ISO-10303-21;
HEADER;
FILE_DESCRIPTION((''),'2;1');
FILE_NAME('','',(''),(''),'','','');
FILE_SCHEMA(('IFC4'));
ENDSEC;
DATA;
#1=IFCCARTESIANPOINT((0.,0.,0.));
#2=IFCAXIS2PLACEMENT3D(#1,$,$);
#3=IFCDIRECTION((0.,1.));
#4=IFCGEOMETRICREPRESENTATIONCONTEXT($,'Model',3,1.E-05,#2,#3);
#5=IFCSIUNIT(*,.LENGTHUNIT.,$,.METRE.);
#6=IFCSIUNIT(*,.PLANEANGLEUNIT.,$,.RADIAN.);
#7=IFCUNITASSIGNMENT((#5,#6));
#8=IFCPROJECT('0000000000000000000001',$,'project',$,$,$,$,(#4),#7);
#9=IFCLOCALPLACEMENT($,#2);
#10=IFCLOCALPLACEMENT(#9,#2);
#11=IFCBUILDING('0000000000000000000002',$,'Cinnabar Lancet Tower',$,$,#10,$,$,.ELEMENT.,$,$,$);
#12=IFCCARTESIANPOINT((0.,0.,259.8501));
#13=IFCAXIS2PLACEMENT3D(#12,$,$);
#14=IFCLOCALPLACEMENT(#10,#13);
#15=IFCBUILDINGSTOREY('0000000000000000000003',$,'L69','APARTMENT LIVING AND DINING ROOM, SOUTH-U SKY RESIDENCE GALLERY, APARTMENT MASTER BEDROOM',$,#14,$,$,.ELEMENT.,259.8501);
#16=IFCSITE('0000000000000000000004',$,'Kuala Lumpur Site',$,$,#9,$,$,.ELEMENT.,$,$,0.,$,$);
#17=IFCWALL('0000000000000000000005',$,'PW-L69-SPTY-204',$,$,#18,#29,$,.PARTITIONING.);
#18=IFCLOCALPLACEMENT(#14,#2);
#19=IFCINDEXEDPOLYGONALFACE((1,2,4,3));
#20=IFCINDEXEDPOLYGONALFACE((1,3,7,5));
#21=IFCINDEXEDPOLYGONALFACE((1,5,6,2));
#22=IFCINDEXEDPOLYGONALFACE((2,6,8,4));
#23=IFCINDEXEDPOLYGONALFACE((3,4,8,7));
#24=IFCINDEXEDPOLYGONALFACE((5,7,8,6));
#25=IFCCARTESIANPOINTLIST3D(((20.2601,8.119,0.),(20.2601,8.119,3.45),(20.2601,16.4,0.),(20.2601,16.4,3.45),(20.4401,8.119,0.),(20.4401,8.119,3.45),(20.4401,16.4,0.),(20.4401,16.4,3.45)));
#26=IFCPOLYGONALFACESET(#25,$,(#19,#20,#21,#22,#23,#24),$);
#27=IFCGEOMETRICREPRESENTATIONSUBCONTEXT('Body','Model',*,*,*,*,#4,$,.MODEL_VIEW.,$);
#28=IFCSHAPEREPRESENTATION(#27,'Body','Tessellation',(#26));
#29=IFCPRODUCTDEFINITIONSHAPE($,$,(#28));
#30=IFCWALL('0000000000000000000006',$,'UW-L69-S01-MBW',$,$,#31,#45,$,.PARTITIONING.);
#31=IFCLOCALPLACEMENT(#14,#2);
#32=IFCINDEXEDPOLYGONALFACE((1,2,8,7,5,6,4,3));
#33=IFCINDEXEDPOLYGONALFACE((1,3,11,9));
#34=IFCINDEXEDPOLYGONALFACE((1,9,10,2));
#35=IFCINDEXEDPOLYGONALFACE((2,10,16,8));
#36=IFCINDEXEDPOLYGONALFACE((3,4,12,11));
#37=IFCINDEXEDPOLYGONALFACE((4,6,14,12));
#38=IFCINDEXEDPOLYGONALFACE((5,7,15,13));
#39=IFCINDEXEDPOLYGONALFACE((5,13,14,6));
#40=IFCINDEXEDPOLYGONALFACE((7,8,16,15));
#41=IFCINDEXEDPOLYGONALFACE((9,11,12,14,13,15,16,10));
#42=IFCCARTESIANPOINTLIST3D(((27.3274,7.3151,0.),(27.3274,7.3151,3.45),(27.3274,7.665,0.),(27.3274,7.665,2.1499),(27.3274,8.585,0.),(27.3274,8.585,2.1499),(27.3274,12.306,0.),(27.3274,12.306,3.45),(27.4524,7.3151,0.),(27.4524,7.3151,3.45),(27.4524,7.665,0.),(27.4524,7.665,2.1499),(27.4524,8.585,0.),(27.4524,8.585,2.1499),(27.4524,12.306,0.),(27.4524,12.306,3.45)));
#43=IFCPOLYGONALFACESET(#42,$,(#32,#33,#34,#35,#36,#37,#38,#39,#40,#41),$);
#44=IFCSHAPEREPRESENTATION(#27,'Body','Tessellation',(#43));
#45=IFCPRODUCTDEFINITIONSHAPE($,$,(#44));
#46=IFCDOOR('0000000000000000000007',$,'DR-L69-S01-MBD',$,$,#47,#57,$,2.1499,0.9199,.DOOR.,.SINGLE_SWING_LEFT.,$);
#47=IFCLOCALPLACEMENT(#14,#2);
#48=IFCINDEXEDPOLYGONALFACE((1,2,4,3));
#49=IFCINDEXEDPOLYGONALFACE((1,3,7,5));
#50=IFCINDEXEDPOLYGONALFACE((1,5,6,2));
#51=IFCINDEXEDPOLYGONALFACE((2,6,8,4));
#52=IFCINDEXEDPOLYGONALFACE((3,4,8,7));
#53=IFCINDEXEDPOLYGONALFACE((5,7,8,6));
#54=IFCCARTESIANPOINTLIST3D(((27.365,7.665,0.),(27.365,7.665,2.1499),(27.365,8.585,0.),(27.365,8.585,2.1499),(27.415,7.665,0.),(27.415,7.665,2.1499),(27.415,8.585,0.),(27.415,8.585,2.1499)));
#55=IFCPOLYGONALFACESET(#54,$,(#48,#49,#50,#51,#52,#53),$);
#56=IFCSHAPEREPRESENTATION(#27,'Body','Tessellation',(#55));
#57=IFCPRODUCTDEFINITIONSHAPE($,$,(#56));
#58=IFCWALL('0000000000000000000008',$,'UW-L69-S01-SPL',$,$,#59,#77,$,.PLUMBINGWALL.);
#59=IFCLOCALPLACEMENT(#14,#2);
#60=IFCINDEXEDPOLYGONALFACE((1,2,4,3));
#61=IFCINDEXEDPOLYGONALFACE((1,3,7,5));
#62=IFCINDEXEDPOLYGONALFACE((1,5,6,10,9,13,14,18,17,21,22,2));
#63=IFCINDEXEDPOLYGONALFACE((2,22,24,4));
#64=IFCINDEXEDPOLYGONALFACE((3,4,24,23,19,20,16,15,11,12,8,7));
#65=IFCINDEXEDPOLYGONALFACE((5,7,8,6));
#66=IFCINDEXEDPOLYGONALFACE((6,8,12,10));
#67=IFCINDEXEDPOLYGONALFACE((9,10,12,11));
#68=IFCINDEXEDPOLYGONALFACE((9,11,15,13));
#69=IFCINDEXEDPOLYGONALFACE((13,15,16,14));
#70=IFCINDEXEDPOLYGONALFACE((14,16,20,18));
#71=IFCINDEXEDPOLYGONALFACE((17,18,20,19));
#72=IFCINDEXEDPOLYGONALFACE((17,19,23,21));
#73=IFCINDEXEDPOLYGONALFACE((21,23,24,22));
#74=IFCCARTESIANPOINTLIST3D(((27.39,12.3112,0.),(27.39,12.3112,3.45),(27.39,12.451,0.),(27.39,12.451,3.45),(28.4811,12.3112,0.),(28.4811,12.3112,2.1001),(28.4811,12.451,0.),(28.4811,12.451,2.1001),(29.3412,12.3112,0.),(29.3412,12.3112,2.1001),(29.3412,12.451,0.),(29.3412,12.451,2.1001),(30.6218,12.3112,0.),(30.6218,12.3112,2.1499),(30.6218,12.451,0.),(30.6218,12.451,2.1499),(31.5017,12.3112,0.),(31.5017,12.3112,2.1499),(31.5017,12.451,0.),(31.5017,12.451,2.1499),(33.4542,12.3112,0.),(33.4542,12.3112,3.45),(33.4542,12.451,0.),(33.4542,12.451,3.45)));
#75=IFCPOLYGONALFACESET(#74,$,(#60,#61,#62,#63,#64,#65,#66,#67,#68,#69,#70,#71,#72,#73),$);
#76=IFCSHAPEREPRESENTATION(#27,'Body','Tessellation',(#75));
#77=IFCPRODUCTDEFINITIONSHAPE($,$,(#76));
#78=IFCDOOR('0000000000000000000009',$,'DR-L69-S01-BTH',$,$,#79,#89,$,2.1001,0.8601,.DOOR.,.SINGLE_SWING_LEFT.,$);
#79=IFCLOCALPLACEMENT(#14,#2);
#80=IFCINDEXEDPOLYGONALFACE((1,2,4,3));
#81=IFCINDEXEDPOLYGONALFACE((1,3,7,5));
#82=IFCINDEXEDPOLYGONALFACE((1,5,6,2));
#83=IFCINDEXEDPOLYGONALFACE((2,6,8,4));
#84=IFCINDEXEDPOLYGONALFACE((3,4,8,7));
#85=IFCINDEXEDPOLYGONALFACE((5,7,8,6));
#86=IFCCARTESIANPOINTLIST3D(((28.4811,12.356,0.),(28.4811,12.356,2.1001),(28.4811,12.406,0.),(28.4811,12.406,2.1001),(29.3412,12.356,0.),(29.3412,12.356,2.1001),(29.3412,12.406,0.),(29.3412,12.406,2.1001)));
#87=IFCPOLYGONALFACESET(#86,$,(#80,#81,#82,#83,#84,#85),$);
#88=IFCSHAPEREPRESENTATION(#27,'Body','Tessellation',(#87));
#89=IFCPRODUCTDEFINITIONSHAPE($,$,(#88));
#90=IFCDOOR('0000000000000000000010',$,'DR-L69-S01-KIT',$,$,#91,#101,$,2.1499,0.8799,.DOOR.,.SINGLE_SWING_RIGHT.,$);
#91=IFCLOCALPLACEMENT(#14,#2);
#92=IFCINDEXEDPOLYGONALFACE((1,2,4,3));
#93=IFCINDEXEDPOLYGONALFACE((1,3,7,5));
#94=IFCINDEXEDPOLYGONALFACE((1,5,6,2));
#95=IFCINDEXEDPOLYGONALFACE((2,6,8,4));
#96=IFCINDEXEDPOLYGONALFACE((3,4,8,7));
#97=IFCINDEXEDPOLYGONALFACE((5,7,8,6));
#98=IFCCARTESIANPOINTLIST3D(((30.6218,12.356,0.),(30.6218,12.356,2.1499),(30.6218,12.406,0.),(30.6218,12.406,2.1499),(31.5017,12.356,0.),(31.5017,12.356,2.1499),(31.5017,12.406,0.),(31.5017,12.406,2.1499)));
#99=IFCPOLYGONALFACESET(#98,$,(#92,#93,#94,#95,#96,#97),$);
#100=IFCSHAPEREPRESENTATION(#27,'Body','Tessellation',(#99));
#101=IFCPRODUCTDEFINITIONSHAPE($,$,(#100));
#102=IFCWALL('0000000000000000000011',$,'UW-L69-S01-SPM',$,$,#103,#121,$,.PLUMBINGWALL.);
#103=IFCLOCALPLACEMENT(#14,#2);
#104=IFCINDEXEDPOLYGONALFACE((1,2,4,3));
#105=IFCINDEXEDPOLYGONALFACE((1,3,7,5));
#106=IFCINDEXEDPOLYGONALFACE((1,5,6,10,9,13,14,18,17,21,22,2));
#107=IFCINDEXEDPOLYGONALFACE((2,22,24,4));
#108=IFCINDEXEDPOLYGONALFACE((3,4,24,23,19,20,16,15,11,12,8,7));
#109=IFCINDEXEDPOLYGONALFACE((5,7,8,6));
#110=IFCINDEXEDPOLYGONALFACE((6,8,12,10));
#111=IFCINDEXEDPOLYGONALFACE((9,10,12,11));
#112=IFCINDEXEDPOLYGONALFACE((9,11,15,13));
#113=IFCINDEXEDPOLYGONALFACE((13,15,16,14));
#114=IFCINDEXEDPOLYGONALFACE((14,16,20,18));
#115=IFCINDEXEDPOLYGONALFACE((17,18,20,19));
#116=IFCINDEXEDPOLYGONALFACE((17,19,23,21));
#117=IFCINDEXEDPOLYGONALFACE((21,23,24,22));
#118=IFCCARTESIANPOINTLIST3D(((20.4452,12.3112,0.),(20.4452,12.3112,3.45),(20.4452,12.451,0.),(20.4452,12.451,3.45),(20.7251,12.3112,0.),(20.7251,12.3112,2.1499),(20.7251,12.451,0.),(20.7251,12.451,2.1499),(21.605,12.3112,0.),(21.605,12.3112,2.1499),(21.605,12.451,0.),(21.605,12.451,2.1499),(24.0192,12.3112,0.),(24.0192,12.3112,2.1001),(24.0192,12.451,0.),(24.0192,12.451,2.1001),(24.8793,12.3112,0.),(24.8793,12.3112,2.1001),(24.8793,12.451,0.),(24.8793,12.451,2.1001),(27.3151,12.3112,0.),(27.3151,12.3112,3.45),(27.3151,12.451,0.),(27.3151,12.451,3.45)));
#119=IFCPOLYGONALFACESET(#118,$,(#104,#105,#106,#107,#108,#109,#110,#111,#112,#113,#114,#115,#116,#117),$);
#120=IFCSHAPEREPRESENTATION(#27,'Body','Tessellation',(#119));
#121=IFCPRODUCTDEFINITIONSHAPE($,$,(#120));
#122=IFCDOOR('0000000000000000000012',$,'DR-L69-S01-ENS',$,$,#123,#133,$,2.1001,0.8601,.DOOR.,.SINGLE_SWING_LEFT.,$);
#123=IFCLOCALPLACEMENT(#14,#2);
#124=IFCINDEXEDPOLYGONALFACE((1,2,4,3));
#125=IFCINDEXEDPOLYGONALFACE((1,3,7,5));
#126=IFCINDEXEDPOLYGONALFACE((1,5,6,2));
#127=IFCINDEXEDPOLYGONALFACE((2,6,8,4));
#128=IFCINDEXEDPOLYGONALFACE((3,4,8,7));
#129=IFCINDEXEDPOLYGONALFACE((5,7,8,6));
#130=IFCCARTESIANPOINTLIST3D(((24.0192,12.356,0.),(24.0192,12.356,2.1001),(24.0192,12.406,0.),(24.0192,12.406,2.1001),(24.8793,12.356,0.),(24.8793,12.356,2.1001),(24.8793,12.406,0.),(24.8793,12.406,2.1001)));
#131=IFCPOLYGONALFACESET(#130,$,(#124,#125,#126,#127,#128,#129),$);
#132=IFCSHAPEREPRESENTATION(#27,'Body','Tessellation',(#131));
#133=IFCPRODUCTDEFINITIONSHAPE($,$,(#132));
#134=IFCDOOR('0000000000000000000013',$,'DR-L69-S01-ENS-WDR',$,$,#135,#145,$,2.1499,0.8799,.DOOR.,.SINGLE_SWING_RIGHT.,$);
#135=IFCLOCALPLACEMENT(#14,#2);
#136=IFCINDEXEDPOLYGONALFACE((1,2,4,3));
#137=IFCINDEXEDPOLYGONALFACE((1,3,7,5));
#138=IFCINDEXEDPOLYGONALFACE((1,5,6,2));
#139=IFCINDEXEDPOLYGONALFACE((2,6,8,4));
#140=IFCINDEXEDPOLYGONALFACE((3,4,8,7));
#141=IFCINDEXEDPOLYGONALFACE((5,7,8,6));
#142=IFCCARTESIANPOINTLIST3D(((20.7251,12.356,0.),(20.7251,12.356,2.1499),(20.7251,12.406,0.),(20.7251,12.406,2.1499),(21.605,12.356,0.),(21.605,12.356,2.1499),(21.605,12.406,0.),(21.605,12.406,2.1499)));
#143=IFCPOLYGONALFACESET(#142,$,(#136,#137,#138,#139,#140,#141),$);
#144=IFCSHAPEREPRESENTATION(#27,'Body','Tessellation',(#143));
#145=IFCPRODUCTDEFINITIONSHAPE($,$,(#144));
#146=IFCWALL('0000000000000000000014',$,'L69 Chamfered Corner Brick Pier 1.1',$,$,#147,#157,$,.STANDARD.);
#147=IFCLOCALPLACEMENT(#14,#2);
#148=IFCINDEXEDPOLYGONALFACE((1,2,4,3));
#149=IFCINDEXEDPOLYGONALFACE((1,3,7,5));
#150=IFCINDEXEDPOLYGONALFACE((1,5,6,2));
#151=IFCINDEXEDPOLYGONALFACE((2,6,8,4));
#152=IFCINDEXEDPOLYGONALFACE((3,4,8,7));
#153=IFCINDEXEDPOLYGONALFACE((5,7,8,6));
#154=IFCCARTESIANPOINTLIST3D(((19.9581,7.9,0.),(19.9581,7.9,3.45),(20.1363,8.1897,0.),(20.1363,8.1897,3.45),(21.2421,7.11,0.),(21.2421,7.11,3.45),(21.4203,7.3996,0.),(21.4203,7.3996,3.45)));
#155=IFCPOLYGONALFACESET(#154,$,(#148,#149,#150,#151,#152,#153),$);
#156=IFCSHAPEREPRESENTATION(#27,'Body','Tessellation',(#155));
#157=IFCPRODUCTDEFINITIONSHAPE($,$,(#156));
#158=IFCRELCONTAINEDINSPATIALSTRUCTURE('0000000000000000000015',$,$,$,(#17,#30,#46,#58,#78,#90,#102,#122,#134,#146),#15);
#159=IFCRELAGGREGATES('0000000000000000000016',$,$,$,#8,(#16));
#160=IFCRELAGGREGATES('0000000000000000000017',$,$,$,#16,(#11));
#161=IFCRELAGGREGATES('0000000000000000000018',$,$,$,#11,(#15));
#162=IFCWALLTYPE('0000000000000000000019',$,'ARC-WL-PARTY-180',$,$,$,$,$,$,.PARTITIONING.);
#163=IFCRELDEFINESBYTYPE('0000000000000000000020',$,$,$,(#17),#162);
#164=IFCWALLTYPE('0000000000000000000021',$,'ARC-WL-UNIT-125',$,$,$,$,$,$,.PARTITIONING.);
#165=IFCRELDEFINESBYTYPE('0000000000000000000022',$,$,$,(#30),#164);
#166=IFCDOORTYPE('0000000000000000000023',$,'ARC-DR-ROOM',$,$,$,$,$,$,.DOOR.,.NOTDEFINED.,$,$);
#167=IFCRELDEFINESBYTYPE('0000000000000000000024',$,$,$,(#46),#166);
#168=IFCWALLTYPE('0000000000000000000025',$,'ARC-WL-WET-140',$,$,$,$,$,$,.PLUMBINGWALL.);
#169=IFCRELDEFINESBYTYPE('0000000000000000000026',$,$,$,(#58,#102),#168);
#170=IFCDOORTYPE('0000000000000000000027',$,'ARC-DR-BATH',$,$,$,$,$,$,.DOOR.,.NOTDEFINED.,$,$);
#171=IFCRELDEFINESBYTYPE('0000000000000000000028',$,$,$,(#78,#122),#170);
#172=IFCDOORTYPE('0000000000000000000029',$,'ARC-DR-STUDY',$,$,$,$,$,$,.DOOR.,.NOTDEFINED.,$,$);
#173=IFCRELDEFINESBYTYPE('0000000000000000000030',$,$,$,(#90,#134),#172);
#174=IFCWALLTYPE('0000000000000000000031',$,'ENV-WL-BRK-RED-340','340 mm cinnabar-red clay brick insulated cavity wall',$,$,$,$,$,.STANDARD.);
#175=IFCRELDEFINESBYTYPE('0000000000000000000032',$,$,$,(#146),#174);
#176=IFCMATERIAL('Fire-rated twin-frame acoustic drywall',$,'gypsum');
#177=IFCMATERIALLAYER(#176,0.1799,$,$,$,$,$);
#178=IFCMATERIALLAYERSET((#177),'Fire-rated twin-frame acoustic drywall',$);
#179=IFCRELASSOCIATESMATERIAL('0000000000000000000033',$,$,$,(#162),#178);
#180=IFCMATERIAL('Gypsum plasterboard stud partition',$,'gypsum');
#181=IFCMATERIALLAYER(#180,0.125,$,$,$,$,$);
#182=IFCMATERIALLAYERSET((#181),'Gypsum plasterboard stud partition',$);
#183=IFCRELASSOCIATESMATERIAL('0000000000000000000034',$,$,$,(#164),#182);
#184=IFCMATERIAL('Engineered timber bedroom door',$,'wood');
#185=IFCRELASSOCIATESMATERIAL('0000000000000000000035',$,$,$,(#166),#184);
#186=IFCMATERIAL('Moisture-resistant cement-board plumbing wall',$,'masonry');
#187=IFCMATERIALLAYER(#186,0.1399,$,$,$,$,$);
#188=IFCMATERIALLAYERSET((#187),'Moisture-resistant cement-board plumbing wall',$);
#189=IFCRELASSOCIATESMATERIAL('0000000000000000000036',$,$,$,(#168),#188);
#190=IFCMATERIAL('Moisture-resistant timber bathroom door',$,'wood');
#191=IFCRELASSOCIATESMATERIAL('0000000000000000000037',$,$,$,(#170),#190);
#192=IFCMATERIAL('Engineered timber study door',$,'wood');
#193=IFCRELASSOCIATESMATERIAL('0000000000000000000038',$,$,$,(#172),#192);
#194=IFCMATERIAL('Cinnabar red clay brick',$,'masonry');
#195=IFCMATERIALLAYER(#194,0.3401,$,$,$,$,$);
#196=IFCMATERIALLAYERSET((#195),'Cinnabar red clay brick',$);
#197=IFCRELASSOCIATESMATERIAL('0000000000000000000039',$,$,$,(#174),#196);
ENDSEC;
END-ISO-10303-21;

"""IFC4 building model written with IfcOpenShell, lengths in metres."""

from ifc_helpers import new_model, si_unit, direction, frame, frame_2d, origin, place, context, subcontext, project, spatial, rectangle, extrude, material, layer, layer_set, type_object, element, fill, save


model = new_model("IFC4")

# Units and contexts
model_context = context("Model", 3, precision=1e-05, world=origin(), true_north=direction((0.0, 1.0)))
body_context = subcontext(model_context, "Body", "Model", "MODEL_VIEW")
ifc_project = project(units=[si_unit("LENGTHUNIT", "METRE"), si_unit("PLANEANGLEUNIT", "RADIAN")], contexts=[model_context])

# Site, building, storey
site_placement = place(None, origin())
site = spatial("IfcSite", under=ifc_project, at=site_placement, Name="Kuala Lumpur Site", CompositionType="ELEMENT", RefElevation=0.0)
building_placement = place(site_placement, origin())
building = spatial("IfcBuilding", under=site, at=building_placement, Name="Cinnabar Lancet Tower", CompositionType="ELEMENT")
storey_placement = place(building_placement, frame((0.0, 0.0, 259.8501)))
storey = spatial("IfcBuildingStorey", under=building, at=storey_placement, Name="L69", Description="APARTMENT LIVING AND DINING ROOM, SOUTH-U SKY RESIDENCE GALLERY, APARTMENT MASTER BEDROOM", CompositionType="ELEMENT", Elevation=259.8501)

# Wall
ifc_material_1 = material(Name="Fire-rated twin-frame acoustic drywall", Category="gypsum")
ifc_layer_1 = layer(ifc_material_1, 0.1799)
ifc_layer_set_1 = layer_set([ifc_layer_1], Name="Fire-rated twin-frame acoustic drywall")
wall_type_1 = type_object("IfcWallType", Name="ARC-WL-PARTY-180", PredefinedType="PARTITIONING", material=ifc_layer_set_1)
wall_1_placement = place(storey_placement, frame((20.3501, 8.1189, 0.0), z_axis=(0.0, 0.0, 1.0), x_axis=(0.0, 1.0, 0.0)))
element("IfcWall", 1, at=wall_1_placement, inside=storey, type_object=wall_type_1, Name="PW-L69-SPTY-204", PredefinedType="PARTITIONING", context=body_context, shape_type="SweptSolid", body=[
    extrude(rectangle(XDim=8.281, YDim=0.1799, at=frame_2d((4.1406, 0.0))), origin(), (0.0, 0.0, 1.0), 3.45),
])

# Wall, opening, door
ifc_material_2 = material(Name="Gypsum plasterboard stud partition", Category="gypsum")
ifc_layer_2 = layer(ifc_material_2, 0.125)
ifc_layer_set_2 = layer_set([ifc_layer_2], Name="Gypsum plasterboard stud partition")
wall_type_2 = type_object("IfcWallType", Name="ARC-WL-UNIT-125", PredefinedType="PARTITIONING", material=ifc_layer_set_2)
wall_2_placement = place(storey_placement, frame((27.3899, 7.3149, 0.0), z_axis=(0.0, 0.0, 1.0), x_axis=(0.0, 1.0, 0.0)))
wall_2 = element("IfcWall", 2, at=wall_2_placement, inside=storey, type_object=wall_type_2, Name="UW-L69-S01-MBW", PredefinedType="PARTITIONING", context=body_context, shape_type="SweptSolid", body=[
    extrude(rectangle(XDim=4.991, YDim=0.125, at=frame_2d((2.4956, 0.0))), origin(), (0.0, 0.0, 1.0), 3.45),
])
opening_1_placement = place(wall_2_placement, frame((0.3501, 0.0, 0.0)))
opening_1 = element("IfcOpeningElement", 3, at=opening_1_placement, cuts=wall_2, PredefinedType="OPENING", context=body_context, shape_type="SweptSolid", body=[
    extrude(rectangle(XDim=0.9199, YDim=2.1499, at=frame_2d((0.46, 1.075))), frame((0.0, 0.0725, 0.0), z_axis=(0.0, -1.0, 0.0), x_axis=(1.0, 0.0, 0.0)), (0.0, 0.0, 1.0), 0.145),
])
ifc_material_3 = material(Name="Engineered timber bedroom door", Category="wood")
door_type_1 = type_object("IfcDoorType", Name="ARC-DR-ROOM", OperationType="NOTDEFINED", PredefinedType="DOOR", material=ifc_material_3)
door_1_placement = place(opening_1_placement, origin())
door_1 = element("IfcDoor", 4, at=door_1_placement, inside=storey, type_object=door_type_1, Name="DR-L69-S01-MBD", OperationType="SINGLE_SWING_LEFT", OverallHeight=2.1499, OverallWidth=0.9199, PredefinedType="DOOR", context=body_context, shape_type="SweptSolid", body=[
    extrude(rectangle(XDim=0.9199, YDim=2.1499, at=frame_2d((0.46, 1.075))), frame((0.0, 0.0249, 0.0), z_axis=(0.0, -1.0, 0.0), x_axis=(1.0, 0.0, 0.0)), (0.0, 0.0, 1.0), 0.05),
])
fill(opening_1, door_1)

# Walls, openings, doors
ifc_material_4 = material(Name="Moisture-resistant cement-board plumbing wall", Category="masonry")
ifc_layer_3 = layer(ifc_material_4, 0.1399)
ifc_layer_set_3 = layer_set([ifc_layer_3], Name="Moisture-resistant cement-board plumbing wall")
wall_type_3 = type_object("IfcWallType", Name="ARC-WL-WET-140", PredefinedType="PLUMBINGWALL", material=ifc_layer_set_3)
wall_3_placement = place(storey_placement, frame((27.3899, 12.3811, 0.0), z_axis=(0.0, 0.0, 1.0), x_axis=(1.0, 0.0, 0.0)))
wall_3 = element("IfcWall", 5, at=wall_3_placement, inside=storey, type_object=wall_type_3, Name="UW-L69-S01-SPL", PredefinedType="PLUMBINGWALL", context=body_context, shape_type="SweptSolid", body=[
    extrude(rectangle(XDim=6.0642, YDim=0.1399, at=frame_2d((3.0322, 0.0))), origin(), (0.0, 0.0, 1.0), 3.45),
])
opening_2_placement = place(wall_3_placement, frame((1.0911, 0.0, 0.0)))
opening_2 = element("IfcOpeningElement", 6, at=opening_2_placement, cuts=wall_3, PredefinedType="OPENING", context=body_context, shape_type="SweptSolid", body=[
    extrude(rectangle(XDim=0.8601, YDim=2.1001, at=frame_2d((0.4302, 1.05))), frame((0.0, 0.0798, 0.0), z_axis=(0.0, -1.0, 0.0), x_axis=(1.0, 0.0, 0.0)), (0.0, 0.0, 1.0), 0.1599),
])
opening_3_placement = place(wall_3_placement, frame((3.2319, 0.0, 0.0)))
opening_3 = element("IfcOpeningElement", 7, at=opening_3_placement, cuts=wall_3, PredefinedType="OPENING", context=body_context, shape_type="SweptSolid", body=[
    extrude(rectangle(XDim=0.8799, YDim=2.1499, at=frame_2d((0.4399, 1.075))), frame((0.0, 0.0798, 0.0), z_axis=(0.0, -1.0, 0.0), x_axis=(1.0, 0.0, 0.0)), (0.0, 0.0, 1.0), 0.1599),
])
ifc_material_5 = material(Name="Moisture-resistant timber bathroom door", Category="wood")
door_type_2 = type_object("IfcDoorType", Name="ARC-DR-BATH", OperationType="NOTDEFINED", PredefinedType="DOOR", material=ifc_material_5)
door_2_placement = place(opening_2_placement, origin())
door_2 = element("IfcDoor", 8, at=door_2_placement, inside=storey, type_object=door_type_2, Name="DR-L69-S01-BTH", OperationType="SINGLE_SWING_LEFT", OverallHeight=2.1001, OverallWidth=0.8601, PredefinedType="DOOR", context=body_context, shape_type="SweptSolid", body=[
    extrude(rectangle(XDim=0.8601, YDim=2.1001, at=frame_2d((0.4302, 1.05))), frame((0.0, 0.0249, 0.0), z_axis=(0.0, -1.0, 0.0), x_axis=(1.0, 0.0, 0.0)), (0.0, 0.0, 1.0), 0.05),
])
fill(opening_2, door_2)
ifc_material_6 = material(Name="Engineered timber study door", Category="wood")
door_type_3 = type_object("IfcDoorType", Name="ARC-DR-STUDY", OperationType="NOTDEFINED", PredefinedType="DOOR", material=ifc_material_6)
door_3_placement = place(opening_3_placement, origin())
door_3 = element("IfcDoor", 9, at=door_3_placement, inside=storey, type_object=door_type_3, Name="DR-L69-S01-KIT", OperationType="SINGLE_SWING_RIGHT", OverallHeight=2.1499, OverallWidth=0.8799, PredefinedType="DOOR", context=body_context, shape_type="SweptSolid", body=[
    extrude(rectangle(XDim=0.8799, YDim=2.1499, at=frame_2d((0.4399, 1.075))), frame((0.0, 0.0249, 0.0), z_axis=(0.0, -1.0, 0.0), x_axis=(1.0, 0.0, 0.0)), (0.0, 0.0, 1.0), 0.05),
])
fill(opening_3, door_3)
wall_4_placement = place(storey_placement, frame((20.4451, 12.3811, 0.0), z_axis=(0.0, 0.0, 1.0), x_axis=(1.0, 0.0, 0.0)))
wall_4 = element("IfcWall", 10, at=wall_4_placement, inside=storey, type_object=wall_type_3, Name="UW-L69-S01-SPM", PredefinedType="PLUMBINGWALL", context=body_context, shape_type="SweptSolid", body=[
    extrude(rectangle(XDim=6.8699, YDim=0.1399, at=frame_2d((3.4351, 0.0))), origin(), (0.0, 0.0, 1.0), 3.45),
])
opening_4_placement = place(wall_4_placement, frame((0.28, 0.0, 0.0)))
opening_4 = element("IfcOpeningElement", 11, at=opening_4_placement, cuts=wall_4, PredefinedType="OPENING", context=body_context, shape_type="SweptSolid", body=[
    extrude(rectangle(XDim=0.8799, YDim=2.1499, at=frame_2d((0.4399, 1.075))), frame((0.0, 0.0798, 0.0), z_axis=(0.0, -1.0, 0.0), x_axis=(1.0, 0.0, 0.0)), (0.0, 0.0, 1.0), 0.1599),
])
opening_5_placement = place(wall_4_placement, frame((3.574, 0.0, 0.0)))
opening_5 = element("IfcOpeningElement", 12, at=opening_5_placement, cuts=wall_4, PredefinedType="OPENING", context=body_context, shape_type="SweptSolid", body=[
    extrude(rectangle(XDim=0.8601, YDim=2.1001, at=frame_2d((0.4302, 1.05))), frame((0.0, 0.0798, 0.0), z_axis=(0.0, -1.0, 0.0), x_axis=(1.0, 0.0, 0.0)), (0.0, 0.0, 1.0), 0.1599),
])
door_4_placement = place(opening_5_placement, origin())
door_4 = element("IfcDoor", 13, at=door_4_placement, inside=storey, type_object=door_type_2, Name="DR-L69-S01-ENS", OperationType="SINGLE_SWING_LEFT", OverallHeight=2.1001, OverallWidth=0.8601, PredefinedType="DOOR", context=body_context, shape_type="SweptSolid", body=[
    extrude(rectangle(XDim=0.8601, YDim=2.1001, at=frame_2d((0.4302, 1.05))), frame((0.0, 0.0249, 0.0), z_axis=(0.0, -1.0, 0.0), x_axis=(1.0, 0.0, 0.0)), (0.0, 0.0, 1.0), 0.05),
])
fill(opening_5, door_4)
door_5_placement = place(opening_4_placement, origin())
door_5 = element("IfcDoor", 14, at=door_5_placement, inside=storey, type_object=door_type_3, Name="DR-L69-S01-ENS-WDR", OperationType="SINGLE_SWING_RIGHT", OverallHeight=2.1499, OverallWidth=0.8799, PredefinedType="DOOR", context=body_context, shape_type="SweptSolid", body=[
    extrude(rectangle(XDim=0.8799, YDim=2.1499, at=frame_2d((0.4399, 1.075))), frame((0.0, 0.0249, 0.0), z_axis=(0.0, -1.0, 0.0), x_axis=(1.0, 0.0, 0.0)), (0.0, 0.0, 1.0), 0.05),
])
fill(opening_4, door_5)

# Wall
ifc_material_7 = material(Name="Cinnabar red clay brick", Category="masonry")
ifc_layer_4 = layer(ifc_material_7, 0.3401)
ifc_layer_set_4 = layer_set([ifc_layer_4], Name="Cinnabar red clay brick")
wall_type_4 = type_object("IfcWallType", Name="ENV-WL-BRK-RED-340", Description="340 mm cinnabar-red clay brick insulated cavity wall", PredefinedType="STANDARD", material=ifc_layer_set_4)
wall_5_placement = place(storey_placement, frame((20.0471, 8.0449, 0.0), z_axis=(0.0, 0.0, 1.0), x_axis=(0.851681, -0.524061, 0.0)))
element("IfcWall", 15, at=wall_5_placement, inside=storey, type_object=wall_type_4, Name="L69 Chamfered Corner Brick Pier 1.1", PredefinedType="STANDARD", context=body_context, shape_type="SweptSolid", body=[
    extrude(rectangle(XDim=1.5076, YDim=0.3401, at=frame_2d((0.7539, 0.0))), origin(), (0.0, 0.0, 1.0), 3.45),
])

save(model, "model.ifc")
